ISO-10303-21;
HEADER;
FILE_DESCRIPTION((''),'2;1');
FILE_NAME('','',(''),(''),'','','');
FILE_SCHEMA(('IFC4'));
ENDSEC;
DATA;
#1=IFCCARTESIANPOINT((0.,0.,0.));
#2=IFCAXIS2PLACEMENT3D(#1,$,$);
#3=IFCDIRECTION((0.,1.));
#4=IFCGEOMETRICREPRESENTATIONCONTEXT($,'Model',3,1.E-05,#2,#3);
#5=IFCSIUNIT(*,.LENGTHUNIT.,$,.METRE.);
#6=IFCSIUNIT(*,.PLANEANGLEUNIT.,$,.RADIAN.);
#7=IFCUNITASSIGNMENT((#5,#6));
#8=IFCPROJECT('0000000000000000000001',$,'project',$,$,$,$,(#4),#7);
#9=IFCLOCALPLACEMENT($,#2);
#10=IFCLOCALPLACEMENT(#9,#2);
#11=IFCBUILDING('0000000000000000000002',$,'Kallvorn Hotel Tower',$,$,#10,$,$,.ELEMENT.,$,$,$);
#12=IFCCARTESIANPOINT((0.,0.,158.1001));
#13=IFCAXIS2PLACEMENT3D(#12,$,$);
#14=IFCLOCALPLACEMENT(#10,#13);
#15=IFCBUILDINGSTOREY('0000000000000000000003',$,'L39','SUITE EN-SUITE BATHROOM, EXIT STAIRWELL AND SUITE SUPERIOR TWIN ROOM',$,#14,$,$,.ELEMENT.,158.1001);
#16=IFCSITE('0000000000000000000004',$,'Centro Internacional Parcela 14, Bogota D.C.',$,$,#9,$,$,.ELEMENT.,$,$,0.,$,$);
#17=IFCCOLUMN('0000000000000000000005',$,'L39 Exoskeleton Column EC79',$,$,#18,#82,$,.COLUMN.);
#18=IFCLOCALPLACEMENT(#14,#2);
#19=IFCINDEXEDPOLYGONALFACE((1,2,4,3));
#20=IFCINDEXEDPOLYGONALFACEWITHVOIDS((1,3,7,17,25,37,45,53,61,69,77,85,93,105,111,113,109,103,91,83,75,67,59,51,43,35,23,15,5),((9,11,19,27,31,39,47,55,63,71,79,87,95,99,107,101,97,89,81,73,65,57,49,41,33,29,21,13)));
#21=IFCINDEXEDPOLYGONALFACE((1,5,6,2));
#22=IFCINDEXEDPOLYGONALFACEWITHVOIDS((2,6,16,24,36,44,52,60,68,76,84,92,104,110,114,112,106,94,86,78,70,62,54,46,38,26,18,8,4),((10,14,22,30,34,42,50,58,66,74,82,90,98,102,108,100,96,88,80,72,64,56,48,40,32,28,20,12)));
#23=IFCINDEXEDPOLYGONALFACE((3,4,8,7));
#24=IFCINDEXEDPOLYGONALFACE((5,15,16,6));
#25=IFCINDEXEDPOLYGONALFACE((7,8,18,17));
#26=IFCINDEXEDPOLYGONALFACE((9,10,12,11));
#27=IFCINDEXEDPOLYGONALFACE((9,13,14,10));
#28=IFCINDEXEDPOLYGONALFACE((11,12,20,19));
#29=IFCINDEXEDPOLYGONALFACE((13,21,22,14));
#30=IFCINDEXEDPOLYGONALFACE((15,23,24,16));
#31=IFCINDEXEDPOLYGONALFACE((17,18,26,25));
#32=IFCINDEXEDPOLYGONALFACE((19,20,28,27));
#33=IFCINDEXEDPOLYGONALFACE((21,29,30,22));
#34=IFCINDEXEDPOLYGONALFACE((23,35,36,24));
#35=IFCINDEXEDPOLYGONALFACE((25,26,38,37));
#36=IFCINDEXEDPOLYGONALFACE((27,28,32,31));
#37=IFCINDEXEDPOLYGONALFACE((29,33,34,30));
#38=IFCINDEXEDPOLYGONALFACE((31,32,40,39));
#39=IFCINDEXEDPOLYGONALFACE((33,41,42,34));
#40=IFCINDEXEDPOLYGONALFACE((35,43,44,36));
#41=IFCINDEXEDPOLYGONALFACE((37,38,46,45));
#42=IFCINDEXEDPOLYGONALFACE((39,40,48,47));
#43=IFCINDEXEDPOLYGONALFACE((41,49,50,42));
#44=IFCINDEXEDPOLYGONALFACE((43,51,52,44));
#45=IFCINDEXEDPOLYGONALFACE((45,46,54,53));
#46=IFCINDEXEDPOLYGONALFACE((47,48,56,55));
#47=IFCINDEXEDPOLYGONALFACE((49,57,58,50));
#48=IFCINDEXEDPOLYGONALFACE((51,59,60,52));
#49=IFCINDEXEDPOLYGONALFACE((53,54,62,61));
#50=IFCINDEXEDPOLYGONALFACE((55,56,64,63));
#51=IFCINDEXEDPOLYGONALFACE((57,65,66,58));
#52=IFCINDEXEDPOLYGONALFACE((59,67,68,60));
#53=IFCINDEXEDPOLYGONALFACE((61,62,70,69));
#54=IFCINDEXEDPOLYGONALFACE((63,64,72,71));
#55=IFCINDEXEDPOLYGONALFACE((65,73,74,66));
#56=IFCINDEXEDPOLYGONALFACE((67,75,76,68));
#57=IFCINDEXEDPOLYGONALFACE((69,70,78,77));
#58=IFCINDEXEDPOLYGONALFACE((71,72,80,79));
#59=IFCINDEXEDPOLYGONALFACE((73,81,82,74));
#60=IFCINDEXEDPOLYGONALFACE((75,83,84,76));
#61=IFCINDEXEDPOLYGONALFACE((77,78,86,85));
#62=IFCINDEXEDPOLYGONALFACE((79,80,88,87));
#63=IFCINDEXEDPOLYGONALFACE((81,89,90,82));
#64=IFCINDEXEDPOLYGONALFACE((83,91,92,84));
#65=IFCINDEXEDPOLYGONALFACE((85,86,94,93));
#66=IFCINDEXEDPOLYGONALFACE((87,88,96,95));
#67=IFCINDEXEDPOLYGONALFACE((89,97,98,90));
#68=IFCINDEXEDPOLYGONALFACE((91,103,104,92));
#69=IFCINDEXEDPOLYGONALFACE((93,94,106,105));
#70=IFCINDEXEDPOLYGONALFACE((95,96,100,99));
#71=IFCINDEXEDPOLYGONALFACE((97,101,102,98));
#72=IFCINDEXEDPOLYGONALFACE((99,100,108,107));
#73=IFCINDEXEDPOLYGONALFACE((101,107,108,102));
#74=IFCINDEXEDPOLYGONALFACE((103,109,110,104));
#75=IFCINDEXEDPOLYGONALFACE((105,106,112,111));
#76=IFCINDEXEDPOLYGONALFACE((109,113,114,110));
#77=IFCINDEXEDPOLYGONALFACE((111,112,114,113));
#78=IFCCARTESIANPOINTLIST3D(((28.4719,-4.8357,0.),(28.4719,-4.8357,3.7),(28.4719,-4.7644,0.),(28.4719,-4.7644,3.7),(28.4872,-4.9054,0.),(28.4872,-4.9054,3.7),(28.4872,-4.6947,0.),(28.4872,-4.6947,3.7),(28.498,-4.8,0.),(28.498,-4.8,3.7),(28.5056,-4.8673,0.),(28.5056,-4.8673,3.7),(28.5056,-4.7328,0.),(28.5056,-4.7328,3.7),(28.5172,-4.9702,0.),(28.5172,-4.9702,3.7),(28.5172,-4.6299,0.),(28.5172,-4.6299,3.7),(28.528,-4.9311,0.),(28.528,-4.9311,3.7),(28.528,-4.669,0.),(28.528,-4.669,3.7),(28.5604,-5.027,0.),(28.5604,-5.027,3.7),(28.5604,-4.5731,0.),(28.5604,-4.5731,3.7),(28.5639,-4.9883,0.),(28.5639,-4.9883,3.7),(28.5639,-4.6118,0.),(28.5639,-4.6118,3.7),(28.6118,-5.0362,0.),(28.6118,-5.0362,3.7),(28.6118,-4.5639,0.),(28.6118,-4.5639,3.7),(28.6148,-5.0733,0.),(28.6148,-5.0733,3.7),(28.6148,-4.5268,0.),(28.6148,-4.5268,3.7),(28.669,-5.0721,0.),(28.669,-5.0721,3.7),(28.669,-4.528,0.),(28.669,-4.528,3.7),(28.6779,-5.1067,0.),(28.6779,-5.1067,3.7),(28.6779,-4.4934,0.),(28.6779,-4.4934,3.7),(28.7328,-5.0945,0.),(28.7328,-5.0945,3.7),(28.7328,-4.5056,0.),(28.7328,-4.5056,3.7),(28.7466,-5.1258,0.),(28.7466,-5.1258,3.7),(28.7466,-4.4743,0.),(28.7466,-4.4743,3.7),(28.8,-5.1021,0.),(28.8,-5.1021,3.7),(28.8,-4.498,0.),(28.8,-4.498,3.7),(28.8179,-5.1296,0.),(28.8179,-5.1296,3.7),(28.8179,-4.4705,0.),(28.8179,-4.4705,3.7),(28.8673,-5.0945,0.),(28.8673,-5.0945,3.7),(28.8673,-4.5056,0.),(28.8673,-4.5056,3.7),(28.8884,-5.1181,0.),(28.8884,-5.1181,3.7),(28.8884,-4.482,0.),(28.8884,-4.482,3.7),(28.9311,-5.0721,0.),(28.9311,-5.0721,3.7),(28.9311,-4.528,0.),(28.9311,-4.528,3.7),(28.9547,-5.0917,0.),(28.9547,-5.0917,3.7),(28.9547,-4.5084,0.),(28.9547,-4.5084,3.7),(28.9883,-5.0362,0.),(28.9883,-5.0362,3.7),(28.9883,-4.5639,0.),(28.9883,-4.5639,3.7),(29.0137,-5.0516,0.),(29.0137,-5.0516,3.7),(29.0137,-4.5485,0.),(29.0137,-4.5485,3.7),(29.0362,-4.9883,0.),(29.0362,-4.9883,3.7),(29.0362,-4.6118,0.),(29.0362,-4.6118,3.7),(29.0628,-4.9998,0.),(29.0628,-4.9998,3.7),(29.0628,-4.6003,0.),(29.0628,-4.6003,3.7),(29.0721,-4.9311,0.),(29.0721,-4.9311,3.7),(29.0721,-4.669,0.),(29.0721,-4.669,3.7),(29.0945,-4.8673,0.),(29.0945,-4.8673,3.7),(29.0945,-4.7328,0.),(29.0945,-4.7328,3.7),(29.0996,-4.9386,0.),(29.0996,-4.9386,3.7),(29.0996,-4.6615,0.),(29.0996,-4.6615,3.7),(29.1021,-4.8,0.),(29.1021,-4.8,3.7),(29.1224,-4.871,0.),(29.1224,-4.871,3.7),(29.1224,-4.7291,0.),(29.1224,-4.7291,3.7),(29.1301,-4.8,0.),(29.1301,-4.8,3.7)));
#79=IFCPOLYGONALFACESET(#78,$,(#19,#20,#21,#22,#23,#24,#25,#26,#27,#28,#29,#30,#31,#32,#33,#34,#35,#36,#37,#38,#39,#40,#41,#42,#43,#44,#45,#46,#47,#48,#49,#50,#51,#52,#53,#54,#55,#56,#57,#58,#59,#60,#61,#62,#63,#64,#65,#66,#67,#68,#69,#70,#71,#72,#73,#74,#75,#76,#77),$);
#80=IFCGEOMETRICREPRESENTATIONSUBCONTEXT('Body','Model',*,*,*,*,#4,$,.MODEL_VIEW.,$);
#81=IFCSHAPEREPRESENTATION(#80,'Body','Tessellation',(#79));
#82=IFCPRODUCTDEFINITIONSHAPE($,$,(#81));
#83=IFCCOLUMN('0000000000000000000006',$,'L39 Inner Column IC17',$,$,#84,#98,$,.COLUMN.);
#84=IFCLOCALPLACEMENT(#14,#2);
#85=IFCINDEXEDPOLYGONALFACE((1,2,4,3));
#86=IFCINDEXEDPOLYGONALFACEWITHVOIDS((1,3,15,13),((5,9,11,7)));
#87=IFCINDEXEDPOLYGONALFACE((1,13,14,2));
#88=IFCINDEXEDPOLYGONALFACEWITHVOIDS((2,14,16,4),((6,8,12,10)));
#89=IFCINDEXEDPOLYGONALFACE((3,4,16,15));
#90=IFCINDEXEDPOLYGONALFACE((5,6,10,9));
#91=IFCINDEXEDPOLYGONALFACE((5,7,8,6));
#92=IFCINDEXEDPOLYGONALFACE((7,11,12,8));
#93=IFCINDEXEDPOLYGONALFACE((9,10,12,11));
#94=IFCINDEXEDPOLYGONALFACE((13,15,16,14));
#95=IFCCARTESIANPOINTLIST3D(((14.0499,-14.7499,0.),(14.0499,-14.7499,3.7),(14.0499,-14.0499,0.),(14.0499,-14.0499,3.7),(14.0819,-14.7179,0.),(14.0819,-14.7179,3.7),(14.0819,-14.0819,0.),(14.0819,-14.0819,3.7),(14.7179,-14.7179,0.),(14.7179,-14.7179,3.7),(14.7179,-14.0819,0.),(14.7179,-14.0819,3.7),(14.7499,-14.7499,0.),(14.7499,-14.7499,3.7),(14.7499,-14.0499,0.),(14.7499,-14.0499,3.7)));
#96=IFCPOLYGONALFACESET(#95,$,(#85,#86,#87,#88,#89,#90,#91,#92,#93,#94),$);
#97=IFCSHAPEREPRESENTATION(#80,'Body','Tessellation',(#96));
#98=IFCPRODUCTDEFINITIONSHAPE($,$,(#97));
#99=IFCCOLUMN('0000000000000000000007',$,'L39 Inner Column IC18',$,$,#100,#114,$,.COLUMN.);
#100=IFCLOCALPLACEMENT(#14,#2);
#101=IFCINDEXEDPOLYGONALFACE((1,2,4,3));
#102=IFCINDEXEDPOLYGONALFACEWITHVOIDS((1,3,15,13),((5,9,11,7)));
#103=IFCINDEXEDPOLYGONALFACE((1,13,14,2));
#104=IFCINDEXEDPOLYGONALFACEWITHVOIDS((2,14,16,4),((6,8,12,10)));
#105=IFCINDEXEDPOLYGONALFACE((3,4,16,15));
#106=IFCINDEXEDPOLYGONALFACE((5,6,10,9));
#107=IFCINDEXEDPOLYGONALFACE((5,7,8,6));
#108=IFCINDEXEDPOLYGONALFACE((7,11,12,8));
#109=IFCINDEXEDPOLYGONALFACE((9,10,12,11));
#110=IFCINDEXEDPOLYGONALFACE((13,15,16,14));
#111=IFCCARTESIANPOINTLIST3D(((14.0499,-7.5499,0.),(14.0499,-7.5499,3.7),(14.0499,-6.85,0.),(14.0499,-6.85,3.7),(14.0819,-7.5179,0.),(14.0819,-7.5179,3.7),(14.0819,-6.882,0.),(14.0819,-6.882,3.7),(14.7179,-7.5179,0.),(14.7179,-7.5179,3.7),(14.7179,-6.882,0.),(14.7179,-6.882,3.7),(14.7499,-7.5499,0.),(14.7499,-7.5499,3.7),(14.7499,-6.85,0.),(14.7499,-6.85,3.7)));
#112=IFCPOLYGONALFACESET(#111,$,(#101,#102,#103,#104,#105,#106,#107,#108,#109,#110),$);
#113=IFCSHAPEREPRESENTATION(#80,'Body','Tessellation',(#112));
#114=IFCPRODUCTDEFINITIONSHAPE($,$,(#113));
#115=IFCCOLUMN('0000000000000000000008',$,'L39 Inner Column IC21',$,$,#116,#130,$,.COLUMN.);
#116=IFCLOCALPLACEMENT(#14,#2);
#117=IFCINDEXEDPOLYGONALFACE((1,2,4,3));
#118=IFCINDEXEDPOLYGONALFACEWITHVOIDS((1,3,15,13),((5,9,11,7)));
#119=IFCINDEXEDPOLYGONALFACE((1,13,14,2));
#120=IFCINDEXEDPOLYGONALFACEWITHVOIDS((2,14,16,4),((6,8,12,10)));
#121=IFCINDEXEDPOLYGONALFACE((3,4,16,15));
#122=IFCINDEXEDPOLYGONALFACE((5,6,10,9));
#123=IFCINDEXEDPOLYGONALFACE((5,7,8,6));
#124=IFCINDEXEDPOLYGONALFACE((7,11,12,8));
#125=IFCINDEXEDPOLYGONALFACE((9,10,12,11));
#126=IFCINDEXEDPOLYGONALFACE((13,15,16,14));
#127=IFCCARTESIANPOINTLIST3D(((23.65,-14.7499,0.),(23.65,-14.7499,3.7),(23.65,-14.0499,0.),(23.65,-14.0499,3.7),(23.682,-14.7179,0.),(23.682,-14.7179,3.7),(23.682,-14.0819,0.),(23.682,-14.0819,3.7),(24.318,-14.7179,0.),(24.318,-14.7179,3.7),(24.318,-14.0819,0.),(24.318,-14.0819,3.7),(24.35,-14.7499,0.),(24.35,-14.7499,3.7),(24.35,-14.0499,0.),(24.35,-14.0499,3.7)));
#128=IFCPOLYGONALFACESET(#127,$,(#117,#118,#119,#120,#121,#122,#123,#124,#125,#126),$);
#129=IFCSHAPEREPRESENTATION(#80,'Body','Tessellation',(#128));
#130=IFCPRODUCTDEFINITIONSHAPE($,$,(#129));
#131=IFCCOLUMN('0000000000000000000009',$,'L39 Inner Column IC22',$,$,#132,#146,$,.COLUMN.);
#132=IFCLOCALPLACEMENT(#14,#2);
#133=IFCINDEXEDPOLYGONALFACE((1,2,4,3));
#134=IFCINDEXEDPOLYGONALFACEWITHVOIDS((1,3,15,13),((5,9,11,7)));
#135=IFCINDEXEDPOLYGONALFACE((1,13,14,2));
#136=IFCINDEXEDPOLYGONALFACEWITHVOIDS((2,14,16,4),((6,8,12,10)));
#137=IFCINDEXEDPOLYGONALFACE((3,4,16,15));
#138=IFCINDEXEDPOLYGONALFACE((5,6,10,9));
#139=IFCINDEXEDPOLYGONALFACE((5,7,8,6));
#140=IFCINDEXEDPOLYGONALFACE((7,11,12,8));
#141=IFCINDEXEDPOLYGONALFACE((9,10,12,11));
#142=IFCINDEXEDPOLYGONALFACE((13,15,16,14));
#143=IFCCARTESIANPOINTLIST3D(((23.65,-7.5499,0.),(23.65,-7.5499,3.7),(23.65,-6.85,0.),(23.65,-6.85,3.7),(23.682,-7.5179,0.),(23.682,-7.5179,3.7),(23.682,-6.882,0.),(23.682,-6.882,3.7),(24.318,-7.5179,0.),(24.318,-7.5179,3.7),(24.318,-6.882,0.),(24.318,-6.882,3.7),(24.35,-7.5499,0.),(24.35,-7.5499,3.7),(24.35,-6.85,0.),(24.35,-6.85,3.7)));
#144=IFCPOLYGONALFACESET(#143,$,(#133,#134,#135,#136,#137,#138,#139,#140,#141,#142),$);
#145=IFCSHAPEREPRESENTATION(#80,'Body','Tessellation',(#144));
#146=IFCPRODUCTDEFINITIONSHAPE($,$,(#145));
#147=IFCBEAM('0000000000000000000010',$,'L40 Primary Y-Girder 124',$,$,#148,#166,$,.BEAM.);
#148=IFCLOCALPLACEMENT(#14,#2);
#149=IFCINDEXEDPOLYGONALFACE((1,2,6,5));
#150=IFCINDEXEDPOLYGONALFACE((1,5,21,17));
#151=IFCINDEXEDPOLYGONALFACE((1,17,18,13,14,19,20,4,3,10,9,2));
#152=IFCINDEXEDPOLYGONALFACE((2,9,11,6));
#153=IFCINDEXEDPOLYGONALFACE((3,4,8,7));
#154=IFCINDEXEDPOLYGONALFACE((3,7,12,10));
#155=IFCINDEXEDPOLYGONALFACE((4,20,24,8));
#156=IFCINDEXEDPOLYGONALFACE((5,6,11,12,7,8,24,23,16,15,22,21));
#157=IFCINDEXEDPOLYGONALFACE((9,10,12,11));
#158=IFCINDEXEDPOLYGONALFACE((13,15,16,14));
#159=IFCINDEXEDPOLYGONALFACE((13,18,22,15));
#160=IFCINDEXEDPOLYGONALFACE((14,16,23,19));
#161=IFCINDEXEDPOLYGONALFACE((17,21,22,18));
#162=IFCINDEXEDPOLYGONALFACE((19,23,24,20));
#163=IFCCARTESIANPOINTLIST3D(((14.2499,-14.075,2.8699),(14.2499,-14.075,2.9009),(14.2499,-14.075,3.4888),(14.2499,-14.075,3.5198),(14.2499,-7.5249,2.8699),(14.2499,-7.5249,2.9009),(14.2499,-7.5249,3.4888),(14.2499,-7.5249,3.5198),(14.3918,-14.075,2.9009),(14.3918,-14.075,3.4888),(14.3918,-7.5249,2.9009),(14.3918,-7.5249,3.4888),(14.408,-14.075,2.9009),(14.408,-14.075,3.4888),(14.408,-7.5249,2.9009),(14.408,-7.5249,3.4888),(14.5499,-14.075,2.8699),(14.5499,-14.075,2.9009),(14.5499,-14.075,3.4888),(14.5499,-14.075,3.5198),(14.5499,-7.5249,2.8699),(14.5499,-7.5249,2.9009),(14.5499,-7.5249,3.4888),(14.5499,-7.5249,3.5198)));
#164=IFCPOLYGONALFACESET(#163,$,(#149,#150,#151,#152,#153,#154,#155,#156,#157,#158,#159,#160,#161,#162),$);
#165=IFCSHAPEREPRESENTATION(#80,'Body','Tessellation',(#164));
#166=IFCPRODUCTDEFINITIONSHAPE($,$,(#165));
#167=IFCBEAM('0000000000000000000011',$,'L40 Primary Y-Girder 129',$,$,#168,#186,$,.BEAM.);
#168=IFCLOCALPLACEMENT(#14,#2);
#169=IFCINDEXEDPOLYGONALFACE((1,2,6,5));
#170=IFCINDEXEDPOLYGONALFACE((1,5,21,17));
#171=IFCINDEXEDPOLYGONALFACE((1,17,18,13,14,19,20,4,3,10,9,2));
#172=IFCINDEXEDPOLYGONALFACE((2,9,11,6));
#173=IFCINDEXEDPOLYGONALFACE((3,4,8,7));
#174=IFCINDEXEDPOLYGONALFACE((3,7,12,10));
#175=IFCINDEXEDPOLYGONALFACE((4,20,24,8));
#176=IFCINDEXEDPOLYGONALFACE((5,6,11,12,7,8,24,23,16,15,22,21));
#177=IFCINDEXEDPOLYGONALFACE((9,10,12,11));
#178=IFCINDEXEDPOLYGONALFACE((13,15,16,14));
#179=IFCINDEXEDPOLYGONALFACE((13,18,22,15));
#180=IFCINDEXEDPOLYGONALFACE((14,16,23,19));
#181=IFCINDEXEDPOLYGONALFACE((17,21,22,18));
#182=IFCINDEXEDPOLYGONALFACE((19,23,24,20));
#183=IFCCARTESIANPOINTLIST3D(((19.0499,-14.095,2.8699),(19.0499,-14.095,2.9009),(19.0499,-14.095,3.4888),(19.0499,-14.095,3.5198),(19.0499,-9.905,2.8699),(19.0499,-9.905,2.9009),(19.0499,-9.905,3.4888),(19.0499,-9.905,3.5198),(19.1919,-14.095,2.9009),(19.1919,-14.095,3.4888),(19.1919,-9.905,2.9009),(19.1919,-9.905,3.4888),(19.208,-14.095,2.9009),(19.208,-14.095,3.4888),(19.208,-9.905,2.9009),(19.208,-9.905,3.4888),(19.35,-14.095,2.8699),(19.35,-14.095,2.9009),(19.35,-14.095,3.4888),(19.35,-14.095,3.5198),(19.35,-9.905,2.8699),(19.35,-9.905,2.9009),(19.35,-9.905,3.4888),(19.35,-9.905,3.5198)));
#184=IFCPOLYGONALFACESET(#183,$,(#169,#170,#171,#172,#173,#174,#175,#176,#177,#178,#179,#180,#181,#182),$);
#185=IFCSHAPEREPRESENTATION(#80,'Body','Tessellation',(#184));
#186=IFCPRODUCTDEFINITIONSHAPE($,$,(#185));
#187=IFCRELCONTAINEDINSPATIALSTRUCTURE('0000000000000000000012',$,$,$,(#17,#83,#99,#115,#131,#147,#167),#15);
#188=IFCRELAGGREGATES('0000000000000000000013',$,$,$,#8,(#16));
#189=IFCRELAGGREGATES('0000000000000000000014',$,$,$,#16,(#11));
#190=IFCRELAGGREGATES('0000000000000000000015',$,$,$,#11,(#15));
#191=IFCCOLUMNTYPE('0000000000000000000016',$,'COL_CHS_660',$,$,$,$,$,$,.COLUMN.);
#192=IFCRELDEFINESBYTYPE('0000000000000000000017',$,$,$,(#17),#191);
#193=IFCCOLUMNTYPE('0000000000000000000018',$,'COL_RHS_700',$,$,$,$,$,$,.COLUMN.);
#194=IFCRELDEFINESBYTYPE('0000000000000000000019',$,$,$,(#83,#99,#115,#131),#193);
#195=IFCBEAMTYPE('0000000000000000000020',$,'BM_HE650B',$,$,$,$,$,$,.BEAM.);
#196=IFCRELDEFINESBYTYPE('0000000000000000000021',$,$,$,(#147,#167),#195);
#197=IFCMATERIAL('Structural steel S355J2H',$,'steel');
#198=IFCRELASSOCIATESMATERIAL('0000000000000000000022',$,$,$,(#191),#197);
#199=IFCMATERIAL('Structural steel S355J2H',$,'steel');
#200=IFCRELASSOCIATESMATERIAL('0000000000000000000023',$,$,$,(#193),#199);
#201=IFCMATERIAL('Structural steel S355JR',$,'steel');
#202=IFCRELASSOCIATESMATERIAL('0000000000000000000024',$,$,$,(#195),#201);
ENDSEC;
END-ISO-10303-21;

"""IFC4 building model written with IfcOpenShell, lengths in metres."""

from ifc_helpers import new_model, si_unit, direction, frame, origin, origin_2d, place, context, subcontext, project, spatial, hollow_rectangle, hollow_circle, i_section, extrude, material, material_profile, profile_set, type_object, element, save


model = new_model("IFC4")

# Units and contexts
model_context = context("Model", 3, precision=1e-05, world=origin(), true_north=direction((0.0, 1.0)))
body_context = subcontext(model_context, "Body", "Model", "MODEL_VIEW")
ifc_project = project(units=[si_unit("LENGTHUNIT", "METRE"), si_unit("PLANEANGLEUNIT", "RADIAN")], contexts=[model_context])

# Site, building, storey
site_placement = place(None, origin())
site = spatial("IfcSite", under=ifc_project, at=site_placement, Name="Centro Internacional Parcela 14, Bogota D.C.", CompositionType="ELEMENT", RefElevation=0.0)
building_placement = place(site_placement, origin())
building = spatial("IfcBuilding", under=site, at=building_placement, Name="Kallvorn Hotel Tower", CompositionType="ELEMENT")
storey_placement = place(building_placement, frame((0.0, 0.0, 158.1001)))
storey = spatial("IfcBuildingStorey", under=building, at=storey_placement, Name="L39", Description="SUITE EN-SUITE BATHROOM, EXIT STAIRWELL AND SUITE SUPERIOR TWIN ROOM", CompositionType="ELEMENT", Elevation=158.1001)

# Columns
ifc_material_1 = material(Name="Structural steel S355J2H", Category="steel")
ifc_material_profile_1 = material_profile(ifc_material_1, hollow_circle(Radius=0.3301, WallThickness=0.0281, at=origin_2d()), Name="CHS 660x28")
ifc_profile_set_1 = profile_set([ifc_material_profile_1], Name="Structural steel S355J2H")
column_type_1 = type_object("IfcColumnType", Name="COL_CHS_660", PredefinedType="COLUMN", material=ifc_profile_set_1)
for number, where, z_axis, x_axis, name in (
    (1, (28.8, -4.8, 0.0), (0.0, 0.0, 1.0), (1.0, 0.0, 0.0), "L39 Exoskeleton Column EC79"),
):
    element("IfcColumn", number, at=place(storey_placement, frame(where, z_axis=z_axis, x_axis=x_axis)), inside=storey, type_object=column_type_1, Name=name, PredefinedType="COLUMN", context=body_context, shape_type="SweptSolid", body=[
        extrude(hollow_circle(Radius=0.3301, WallThickness=0.0281, at=origin_2d()), origin(), (0.0, 0.0, 1.0), 3.7),
    ])
ifc_material_2 = material(Name="Structural steel S355J2H", Category="steel")
ifc_material_profile_2 = material_profile(ifc_material_2, hollow_rectangle(XDim=0.7, YDim=0.7, WallThickness=0.032, at=origin_2d()), Name="RHS 700x700x32")
ifc_profile_set_2 = profile_set([ifc_material_profile_2], Name="Structural steel S355J2H")
column_type_2 = type_object("IfcColumnType", Name="COL_RHS_700", PredefinedType="COLUMN", material=ifc_profile_set_2)
for number, where, z_axis, x_axis, name in (
    (2, (14.3999, -14.3999, 0.0), (0.0, 0.0, 1.0), (1.0, 0.0, 0.0), "L39 Inner Column IC17"),
    (3, (14.3999, -7.2, 0.0), (0.0, 0.0, 1.0), (1.0, 0.0, 0.0), "L39 Inner Column IC18"),
    (4, (24.0, -14.3999, 0.0), (0.0, 0.0, 1.0), (1.0, 0.0, 0.0), "L39 Inner Column IC21"),
    (5, (24.0, -7.2, 0.0), (0.0, 0.0, 1.0), (1.0, 0.0, 0.0), "L39 Inner Column IC22"),
):
    element("IfcColumn", number, at=place(storey_placement, frame(where, z_axis=z_axis, x_axis=x_axis)), inside=storey, type_object=column_type_2, Name=name, PredefinedType="COLUMN", context=body_context, shape_type="SweptSolid", body=[
        extrude(hollow_rectangle(XDim=0.7, YDim=0.7, WallThickness=0.032, at=origin_2d()), origin(), (0.0, 0.0, 1.0), 3.7),
    ])

# Beams
ifc_material_3 = material(Name="Structural steel S355JR", Category="steel")
ifc_material_profile_3 = material_profile(ifc_material_3, i_section(OverallWidth=0.3, OverallDepth=0.6499, WebThickness=0.0161, FlangeThickness=0.031, at=origin_2d()), Name="HE 650 B")
ifc_profile_set_3 = profile_set([ifc_material_profile_3], Name="Structural steel S355JR")
beam_type_1 = type_object("IfcBeamType", Name="BM_HE650B", PredefinedType="BEAM", material=ifc_profile_set_3)
beam_1_placement = place(storey_placement, frame((14.3999, -14.075, 3.1948), z_axis=(0.0, 1.0, 0.0), x_axis=(-1.0, 0.0, 0.0)))
element("IfcBeam", 6, at=beam_1_placement, inside=storey, type_object=beam_type_1, Name="L40 Primary Y-Girder 124", PredefinedType="BEAM", context=body_context, shape_type="SweptSolid", body=[
    extrude(i_section(OverallWidth=0.3, OverallDepth=0.6499, WebThickness=0.0161, FlangeThickness=0.031, at=origin_2d()), origin(), (0.0, 0.0, 1.0), 6.55),
])
beam_2_placement = place(storey_placement, frame((19.2, -14.095, 3.1948), z_axis=(0.0, 1.0, 0.0), x_axis=(-1.0, 0.0, 0.0)))
element("IfcBeam", 7, at=beam_2_placement, inside=storey, type_object=beam_type_1, Name="L40 Primary Y-Girder 129", PredefinedType="BEAM", context=body_context, shape_type="SweptSolid", body=[
    extrude(i_section(OverallWidth=0.3, OverallDepth=0.6499, WebThickness=0.0161, FlangeThickness=0.031, at=origin_2d()), origin(), (0.0, 0.0, 1.0), 4.1899),
])

save(model, "model.ifc")
